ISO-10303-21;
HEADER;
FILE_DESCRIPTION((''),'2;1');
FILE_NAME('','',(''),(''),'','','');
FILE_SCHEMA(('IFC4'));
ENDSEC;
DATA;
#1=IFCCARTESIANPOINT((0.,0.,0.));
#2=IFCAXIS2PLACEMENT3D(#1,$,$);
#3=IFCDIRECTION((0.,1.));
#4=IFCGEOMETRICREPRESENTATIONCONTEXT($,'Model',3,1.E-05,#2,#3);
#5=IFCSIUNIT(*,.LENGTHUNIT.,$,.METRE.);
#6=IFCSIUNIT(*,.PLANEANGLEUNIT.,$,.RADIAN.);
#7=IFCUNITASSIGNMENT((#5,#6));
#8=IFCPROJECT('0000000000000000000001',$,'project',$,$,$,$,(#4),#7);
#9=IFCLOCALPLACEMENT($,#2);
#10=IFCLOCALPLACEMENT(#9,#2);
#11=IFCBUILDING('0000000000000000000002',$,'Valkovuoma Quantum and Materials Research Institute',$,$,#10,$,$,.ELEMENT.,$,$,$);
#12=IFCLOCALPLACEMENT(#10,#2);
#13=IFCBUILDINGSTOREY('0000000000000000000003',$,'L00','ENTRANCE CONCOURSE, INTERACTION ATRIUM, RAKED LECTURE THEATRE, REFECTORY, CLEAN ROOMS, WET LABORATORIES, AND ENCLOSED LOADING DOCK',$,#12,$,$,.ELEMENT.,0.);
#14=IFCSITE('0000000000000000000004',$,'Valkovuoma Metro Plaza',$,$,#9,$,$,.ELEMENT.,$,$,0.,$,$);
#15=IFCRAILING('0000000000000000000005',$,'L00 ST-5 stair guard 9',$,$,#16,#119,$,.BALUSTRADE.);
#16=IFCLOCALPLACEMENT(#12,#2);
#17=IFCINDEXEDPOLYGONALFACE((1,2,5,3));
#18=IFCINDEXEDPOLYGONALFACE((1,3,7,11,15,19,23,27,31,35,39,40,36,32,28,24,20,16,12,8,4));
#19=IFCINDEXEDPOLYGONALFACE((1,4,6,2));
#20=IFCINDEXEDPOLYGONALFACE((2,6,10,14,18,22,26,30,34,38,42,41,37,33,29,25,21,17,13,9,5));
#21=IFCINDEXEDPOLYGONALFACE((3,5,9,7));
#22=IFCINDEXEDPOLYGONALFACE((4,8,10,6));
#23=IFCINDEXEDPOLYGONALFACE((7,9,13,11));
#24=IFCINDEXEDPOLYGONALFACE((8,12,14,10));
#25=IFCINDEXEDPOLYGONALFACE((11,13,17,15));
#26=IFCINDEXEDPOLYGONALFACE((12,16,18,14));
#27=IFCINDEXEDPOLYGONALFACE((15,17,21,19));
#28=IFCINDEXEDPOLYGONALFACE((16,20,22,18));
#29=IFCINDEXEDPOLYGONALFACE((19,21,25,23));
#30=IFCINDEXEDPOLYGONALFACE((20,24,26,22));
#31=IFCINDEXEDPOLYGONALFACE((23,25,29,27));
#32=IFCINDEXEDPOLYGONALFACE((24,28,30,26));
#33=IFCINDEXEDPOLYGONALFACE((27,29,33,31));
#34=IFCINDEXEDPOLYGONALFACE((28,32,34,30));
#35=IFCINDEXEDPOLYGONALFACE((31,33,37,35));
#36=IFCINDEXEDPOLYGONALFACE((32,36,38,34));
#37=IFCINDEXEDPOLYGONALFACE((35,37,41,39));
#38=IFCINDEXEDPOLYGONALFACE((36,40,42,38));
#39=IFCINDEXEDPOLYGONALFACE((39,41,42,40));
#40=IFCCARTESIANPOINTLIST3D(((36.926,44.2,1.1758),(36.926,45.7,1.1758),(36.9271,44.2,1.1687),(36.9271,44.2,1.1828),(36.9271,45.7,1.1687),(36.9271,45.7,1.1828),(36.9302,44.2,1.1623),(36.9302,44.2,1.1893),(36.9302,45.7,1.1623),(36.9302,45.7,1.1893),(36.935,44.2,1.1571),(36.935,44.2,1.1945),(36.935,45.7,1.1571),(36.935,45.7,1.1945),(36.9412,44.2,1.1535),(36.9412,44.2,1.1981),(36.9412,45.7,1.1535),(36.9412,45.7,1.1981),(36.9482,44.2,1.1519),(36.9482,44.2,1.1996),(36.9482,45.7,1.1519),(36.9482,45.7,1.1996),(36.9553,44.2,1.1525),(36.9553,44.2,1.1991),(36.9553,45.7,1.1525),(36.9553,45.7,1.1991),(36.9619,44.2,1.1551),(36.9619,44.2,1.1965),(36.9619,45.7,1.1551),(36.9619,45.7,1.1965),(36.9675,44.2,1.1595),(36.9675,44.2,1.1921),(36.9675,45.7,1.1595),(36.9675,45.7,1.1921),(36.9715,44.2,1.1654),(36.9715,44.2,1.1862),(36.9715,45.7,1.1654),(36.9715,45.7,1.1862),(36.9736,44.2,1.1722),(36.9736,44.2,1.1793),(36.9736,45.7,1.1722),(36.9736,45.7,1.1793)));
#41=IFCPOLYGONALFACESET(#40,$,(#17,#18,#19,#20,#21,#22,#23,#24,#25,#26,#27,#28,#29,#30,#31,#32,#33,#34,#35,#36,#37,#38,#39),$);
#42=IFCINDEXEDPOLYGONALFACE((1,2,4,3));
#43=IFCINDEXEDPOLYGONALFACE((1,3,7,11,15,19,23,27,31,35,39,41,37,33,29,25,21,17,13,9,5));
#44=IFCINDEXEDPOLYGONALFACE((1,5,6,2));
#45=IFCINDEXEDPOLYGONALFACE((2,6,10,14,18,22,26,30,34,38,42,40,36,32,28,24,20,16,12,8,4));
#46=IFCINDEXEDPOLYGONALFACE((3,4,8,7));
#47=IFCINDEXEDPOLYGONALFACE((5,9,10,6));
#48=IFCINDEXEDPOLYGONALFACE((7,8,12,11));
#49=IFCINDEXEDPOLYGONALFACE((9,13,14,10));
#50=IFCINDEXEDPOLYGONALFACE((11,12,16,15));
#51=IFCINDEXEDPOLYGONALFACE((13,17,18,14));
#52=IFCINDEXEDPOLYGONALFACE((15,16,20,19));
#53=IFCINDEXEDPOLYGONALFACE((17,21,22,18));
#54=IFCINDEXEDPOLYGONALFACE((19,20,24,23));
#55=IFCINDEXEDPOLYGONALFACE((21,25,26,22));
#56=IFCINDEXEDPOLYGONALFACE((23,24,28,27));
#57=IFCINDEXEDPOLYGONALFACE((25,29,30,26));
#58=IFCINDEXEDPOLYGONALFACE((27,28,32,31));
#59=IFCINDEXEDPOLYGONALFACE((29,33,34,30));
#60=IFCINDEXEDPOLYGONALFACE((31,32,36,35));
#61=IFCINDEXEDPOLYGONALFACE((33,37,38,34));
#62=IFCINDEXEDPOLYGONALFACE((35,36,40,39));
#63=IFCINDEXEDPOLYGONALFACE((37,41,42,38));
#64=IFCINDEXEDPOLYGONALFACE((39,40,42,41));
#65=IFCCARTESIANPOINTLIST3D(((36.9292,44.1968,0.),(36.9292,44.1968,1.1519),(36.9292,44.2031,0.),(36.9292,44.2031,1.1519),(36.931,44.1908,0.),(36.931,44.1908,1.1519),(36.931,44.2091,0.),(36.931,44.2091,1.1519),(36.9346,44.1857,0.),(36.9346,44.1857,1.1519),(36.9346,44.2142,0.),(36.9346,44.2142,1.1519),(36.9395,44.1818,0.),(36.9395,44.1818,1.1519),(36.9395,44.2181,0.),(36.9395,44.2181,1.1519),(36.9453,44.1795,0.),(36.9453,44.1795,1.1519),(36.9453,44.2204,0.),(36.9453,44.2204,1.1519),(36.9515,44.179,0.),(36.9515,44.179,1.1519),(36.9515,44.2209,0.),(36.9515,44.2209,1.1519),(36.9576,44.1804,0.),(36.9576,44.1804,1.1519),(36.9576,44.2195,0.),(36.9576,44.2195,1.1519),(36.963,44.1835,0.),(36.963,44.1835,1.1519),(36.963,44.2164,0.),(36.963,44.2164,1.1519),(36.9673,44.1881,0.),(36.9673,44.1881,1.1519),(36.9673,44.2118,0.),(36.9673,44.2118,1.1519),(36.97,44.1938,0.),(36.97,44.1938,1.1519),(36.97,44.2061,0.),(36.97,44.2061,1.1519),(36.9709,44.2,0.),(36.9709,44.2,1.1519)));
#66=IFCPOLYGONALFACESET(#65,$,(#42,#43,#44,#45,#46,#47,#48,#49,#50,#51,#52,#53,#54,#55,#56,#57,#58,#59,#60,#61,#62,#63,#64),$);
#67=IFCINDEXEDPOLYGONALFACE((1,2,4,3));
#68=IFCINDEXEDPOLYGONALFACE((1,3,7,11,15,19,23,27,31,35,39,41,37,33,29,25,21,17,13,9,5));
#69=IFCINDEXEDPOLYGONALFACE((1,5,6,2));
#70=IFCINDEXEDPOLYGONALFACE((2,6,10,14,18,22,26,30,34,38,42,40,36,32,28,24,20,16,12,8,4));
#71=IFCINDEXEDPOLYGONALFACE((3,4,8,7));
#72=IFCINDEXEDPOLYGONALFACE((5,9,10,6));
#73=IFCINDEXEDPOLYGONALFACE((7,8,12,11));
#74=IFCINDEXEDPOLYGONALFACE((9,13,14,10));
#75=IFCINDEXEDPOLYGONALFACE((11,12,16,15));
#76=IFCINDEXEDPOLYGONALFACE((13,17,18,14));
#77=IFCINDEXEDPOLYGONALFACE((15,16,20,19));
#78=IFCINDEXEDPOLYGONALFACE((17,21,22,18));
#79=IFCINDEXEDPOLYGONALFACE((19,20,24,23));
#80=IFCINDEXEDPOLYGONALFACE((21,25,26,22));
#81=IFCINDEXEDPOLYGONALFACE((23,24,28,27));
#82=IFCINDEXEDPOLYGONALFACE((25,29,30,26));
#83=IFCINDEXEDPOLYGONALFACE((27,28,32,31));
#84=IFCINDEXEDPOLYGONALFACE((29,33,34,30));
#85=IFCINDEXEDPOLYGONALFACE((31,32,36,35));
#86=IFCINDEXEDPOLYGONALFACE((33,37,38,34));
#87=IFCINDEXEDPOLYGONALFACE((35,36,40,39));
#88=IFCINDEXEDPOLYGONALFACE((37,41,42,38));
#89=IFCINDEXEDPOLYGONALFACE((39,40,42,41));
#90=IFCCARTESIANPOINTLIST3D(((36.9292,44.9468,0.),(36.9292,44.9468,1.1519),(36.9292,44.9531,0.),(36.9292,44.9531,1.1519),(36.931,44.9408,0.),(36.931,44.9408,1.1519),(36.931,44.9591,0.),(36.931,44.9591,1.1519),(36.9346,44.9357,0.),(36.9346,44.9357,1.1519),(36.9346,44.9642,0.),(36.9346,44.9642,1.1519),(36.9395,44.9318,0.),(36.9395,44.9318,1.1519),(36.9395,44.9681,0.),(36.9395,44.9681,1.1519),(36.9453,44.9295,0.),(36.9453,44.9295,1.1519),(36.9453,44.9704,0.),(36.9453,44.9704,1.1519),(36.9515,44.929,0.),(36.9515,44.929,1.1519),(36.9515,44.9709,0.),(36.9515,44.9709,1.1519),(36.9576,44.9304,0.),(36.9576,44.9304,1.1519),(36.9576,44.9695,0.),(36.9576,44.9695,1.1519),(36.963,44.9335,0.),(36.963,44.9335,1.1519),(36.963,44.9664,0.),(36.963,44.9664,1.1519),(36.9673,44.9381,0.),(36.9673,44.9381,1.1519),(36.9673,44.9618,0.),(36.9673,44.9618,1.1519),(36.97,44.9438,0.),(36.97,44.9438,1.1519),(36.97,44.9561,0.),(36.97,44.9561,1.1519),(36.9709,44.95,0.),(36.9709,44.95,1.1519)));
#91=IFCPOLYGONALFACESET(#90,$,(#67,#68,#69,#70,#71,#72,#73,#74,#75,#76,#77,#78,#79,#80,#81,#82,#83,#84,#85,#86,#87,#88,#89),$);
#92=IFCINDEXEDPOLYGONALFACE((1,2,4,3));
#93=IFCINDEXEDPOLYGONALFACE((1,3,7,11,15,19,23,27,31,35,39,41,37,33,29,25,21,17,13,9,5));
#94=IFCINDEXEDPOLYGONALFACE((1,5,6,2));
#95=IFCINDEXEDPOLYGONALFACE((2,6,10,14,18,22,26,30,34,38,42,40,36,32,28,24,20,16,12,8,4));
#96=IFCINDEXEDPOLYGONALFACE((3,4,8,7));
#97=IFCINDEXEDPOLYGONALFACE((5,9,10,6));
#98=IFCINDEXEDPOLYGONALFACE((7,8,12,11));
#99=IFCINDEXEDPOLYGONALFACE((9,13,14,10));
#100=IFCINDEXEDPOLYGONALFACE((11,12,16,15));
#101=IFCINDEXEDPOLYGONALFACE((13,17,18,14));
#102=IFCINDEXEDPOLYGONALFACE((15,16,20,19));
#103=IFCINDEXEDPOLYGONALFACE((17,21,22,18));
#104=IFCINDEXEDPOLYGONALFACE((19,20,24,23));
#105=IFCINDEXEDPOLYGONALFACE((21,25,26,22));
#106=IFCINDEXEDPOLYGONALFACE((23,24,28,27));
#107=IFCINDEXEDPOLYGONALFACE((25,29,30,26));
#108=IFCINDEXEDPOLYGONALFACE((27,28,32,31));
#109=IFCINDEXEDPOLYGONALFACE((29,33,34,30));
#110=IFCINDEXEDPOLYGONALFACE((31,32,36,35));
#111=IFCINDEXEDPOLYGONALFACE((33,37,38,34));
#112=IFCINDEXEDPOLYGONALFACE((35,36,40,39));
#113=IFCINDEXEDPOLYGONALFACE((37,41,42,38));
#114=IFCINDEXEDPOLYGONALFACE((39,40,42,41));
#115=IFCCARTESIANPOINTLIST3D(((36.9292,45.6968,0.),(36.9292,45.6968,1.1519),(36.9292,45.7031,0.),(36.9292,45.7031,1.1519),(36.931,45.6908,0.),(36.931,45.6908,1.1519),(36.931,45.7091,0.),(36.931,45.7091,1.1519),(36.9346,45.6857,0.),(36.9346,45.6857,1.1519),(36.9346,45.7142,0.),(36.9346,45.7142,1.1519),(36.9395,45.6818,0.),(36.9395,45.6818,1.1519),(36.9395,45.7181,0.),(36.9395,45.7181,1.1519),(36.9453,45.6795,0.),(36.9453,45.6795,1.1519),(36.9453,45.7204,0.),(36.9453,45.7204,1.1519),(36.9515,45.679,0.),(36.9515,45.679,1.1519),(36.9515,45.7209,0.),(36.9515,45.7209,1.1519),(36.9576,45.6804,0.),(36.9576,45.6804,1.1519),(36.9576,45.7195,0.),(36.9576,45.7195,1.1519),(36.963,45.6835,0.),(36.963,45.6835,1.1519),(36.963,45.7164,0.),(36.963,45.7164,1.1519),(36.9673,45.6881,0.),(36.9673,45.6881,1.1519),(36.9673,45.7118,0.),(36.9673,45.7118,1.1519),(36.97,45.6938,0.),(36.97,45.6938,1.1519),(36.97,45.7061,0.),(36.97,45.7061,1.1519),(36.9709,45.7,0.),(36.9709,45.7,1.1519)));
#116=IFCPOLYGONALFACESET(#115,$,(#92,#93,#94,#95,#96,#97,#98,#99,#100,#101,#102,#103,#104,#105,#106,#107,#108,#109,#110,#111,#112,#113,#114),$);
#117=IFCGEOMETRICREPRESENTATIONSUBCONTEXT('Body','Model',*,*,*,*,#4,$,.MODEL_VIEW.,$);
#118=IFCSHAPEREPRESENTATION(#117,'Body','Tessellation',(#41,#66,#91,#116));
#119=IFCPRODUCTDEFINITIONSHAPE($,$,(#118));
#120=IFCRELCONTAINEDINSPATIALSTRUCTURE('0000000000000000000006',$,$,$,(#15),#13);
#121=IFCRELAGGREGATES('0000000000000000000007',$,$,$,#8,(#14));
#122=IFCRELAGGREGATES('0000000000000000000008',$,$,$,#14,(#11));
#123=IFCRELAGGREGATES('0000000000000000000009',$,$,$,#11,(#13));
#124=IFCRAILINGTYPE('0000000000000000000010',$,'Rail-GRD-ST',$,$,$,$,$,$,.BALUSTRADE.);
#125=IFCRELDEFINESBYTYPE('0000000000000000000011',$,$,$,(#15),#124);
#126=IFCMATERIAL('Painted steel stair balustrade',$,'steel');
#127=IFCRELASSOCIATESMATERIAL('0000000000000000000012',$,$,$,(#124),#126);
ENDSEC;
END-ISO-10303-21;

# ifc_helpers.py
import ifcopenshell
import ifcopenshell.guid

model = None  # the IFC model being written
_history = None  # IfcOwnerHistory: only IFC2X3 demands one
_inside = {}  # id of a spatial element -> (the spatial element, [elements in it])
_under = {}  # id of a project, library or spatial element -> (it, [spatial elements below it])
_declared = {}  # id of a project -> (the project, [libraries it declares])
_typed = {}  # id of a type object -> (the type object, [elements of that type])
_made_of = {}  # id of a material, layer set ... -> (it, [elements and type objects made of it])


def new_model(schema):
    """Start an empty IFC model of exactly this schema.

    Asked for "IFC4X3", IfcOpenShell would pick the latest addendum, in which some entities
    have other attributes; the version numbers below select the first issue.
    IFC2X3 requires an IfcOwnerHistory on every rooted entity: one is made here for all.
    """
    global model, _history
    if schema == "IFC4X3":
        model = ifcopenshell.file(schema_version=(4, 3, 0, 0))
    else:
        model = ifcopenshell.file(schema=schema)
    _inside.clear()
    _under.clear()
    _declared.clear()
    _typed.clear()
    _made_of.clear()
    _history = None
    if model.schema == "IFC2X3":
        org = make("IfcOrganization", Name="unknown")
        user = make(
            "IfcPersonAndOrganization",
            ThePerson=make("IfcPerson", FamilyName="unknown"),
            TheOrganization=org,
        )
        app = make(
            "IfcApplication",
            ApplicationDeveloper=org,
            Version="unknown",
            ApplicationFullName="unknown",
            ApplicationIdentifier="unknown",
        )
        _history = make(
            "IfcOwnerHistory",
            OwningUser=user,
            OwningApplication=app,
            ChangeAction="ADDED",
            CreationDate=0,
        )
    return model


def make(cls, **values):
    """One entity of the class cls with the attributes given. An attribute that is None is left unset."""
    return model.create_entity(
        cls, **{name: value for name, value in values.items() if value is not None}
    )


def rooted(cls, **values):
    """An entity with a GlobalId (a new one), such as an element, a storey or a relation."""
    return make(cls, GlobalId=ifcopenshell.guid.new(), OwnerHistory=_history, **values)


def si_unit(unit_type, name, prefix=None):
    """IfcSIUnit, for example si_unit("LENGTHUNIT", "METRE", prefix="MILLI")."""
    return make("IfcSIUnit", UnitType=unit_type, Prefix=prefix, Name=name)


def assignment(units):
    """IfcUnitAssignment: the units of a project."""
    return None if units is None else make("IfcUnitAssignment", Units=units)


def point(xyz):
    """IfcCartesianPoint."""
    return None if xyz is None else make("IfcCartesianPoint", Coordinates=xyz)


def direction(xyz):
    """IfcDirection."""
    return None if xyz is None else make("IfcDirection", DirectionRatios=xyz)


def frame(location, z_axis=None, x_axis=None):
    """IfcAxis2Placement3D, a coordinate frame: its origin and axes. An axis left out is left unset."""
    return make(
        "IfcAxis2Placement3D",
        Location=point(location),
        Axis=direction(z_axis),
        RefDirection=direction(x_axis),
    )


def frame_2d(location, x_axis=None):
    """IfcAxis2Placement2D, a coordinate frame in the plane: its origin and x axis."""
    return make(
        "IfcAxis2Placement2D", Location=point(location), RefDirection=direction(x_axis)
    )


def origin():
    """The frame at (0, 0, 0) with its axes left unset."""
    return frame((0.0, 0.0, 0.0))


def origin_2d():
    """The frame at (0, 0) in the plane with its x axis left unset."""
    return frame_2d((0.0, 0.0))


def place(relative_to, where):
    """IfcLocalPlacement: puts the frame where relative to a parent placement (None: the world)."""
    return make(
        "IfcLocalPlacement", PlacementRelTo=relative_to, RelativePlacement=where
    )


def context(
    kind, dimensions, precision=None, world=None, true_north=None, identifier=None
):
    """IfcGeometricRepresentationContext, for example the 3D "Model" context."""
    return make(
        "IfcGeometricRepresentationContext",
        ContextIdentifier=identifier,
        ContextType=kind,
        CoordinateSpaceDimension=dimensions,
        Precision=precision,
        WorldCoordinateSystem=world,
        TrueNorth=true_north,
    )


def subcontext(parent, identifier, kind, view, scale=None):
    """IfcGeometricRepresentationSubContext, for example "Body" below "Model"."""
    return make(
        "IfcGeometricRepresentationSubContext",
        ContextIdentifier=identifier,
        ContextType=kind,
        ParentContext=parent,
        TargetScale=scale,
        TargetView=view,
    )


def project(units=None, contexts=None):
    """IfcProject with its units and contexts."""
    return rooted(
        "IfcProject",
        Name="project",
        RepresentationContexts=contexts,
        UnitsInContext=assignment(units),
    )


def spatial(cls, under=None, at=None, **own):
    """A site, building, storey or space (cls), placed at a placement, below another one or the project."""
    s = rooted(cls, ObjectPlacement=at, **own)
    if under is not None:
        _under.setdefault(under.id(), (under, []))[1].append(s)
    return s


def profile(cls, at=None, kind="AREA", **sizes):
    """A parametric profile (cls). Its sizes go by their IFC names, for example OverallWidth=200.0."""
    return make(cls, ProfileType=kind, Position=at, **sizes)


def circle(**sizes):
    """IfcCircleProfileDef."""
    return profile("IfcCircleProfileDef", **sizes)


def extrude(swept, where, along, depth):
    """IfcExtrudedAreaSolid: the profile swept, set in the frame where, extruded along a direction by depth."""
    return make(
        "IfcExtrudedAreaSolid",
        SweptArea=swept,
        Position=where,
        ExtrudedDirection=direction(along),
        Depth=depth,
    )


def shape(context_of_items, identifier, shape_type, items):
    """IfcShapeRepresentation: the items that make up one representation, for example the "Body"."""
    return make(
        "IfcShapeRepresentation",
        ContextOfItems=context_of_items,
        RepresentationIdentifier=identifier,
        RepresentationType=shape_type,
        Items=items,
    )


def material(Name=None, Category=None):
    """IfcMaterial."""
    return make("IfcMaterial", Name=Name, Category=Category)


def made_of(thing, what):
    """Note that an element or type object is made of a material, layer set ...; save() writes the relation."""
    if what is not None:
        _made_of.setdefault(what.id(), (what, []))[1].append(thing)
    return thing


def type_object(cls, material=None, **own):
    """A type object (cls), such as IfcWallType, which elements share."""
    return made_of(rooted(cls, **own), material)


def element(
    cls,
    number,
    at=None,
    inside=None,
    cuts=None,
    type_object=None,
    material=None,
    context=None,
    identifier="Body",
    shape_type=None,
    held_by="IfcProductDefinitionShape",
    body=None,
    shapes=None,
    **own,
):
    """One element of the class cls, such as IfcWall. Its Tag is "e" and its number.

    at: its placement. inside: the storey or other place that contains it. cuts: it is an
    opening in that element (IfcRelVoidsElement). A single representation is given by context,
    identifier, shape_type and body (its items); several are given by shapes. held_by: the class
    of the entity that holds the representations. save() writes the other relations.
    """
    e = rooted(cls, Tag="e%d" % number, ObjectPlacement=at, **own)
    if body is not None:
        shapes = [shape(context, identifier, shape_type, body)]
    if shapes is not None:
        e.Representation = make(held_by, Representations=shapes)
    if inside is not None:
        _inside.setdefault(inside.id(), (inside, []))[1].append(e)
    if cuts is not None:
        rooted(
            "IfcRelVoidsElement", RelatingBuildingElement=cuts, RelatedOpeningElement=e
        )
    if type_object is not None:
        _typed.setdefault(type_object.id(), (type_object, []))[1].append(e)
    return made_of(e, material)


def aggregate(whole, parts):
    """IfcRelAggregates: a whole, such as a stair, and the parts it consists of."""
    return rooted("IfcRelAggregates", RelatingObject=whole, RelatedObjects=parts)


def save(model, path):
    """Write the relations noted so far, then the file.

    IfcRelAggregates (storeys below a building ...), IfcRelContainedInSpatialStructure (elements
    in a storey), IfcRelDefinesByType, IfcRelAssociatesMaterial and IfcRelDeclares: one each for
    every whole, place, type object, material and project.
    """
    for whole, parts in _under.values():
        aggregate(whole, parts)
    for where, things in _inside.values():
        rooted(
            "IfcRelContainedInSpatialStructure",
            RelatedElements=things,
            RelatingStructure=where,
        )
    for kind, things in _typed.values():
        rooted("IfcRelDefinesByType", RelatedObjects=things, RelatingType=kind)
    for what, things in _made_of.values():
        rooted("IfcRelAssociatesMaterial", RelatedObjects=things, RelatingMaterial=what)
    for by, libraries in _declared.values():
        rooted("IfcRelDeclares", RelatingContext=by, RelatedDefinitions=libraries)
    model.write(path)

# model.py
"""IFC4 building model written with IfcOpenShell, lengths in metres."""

from ifc_helpers import new_model, si_unit, direction, frame, origin, origin_2d, place, context, subcontext, project, spatial, circle, extrude, material, type_object, element, save


model = new_model("IFC4")

# Units and contexts
model_context = context("Model", 3, precision=1e-05, world=origin(), true_north=direction((0.0, 1.0)))
body_context = subcontext(model_context, "Body", "Model", "MODEL_VIEW")
ifc_project = project(units=[si_unit("LENGTHUNIT", "METRE"), si_unit("PLANEANGLEUNIT", "RADIAN")], contexts=[model_context])

# Site, building, storey
site_placement = place(None, origin())
site = spatial("IfcSite", under=ifc_project, at=site_placement, Name="Valkovuoma Metro Plaza", CompositionType="ELEMENT", RefElevation=0.0)
building_placement = place(site_placement, origin())
building = spatial("IfcBuilding", under=site, at=building_placement, Name="Valkovuoma Quantum and Materials Research Institute", CompositionType="ELEMENT")
storey_placement = place(building_placement, origin())
storey = spatial("IfcBuildingStorey", under=building, at=storey_placement, Name="L00", Description="ENTRANCE CONCOURSE, INTERACTION ATRIUM, RAKED LECTURE THEATRE, REFECTORY, CLEAN ROOMS, WET LABORATORIES, AND ENCLOSED LOADING DOCK", CompositionType="ELEMENT", Elevation=0.0)

# Railing
ifc_material_1 = material(Name="Painted steel stair balustrade", Category="steel")
railing_type_1 = type_object("IfcRailingType", Name="Rail-GRD-ST", PredefinedType="BALUSTRADE", material=ifc_material_1)
railing_1_placement = place(storey_placement, frame((36.95, 44.2, 0.0)))
element("IfcRailing", 1, at=railing_1_placement, inside=storey, type_object=railing_type_1, Name="L00 ST-5 stair guard 9", PredefinedType="BALUSTRADE", context=body_context, shape_type="SweptSolid", body=[
    extrude(circle(Radius=0.0239, at=origin_2d()), frame((0.0, 0.0, 1.1758), z_axis=(0.0, 1.0, 0.0), x_axis=(-1.0, 0.0, 0.0)), (0.0, 0.0, 1.0), 1.5),
    extrude(circle(Radius=0.021, at=origin_2d()), origin(), (0.0, 0.0, 1.0), 1.1519),
    extrude(circle(Radius=0.021, at=origin_2d()), frame((0.0, 0.75, 0.0)), (0.0, 0.0, 1.0), 1.1519),
    extrude(circle(Radius=0.021, at=origin_2d()), frame((0.0, 1.5, 0.0)), (0.0, 0.0, 1.0), 1.1519),
])

save(model, "model.ifc")
